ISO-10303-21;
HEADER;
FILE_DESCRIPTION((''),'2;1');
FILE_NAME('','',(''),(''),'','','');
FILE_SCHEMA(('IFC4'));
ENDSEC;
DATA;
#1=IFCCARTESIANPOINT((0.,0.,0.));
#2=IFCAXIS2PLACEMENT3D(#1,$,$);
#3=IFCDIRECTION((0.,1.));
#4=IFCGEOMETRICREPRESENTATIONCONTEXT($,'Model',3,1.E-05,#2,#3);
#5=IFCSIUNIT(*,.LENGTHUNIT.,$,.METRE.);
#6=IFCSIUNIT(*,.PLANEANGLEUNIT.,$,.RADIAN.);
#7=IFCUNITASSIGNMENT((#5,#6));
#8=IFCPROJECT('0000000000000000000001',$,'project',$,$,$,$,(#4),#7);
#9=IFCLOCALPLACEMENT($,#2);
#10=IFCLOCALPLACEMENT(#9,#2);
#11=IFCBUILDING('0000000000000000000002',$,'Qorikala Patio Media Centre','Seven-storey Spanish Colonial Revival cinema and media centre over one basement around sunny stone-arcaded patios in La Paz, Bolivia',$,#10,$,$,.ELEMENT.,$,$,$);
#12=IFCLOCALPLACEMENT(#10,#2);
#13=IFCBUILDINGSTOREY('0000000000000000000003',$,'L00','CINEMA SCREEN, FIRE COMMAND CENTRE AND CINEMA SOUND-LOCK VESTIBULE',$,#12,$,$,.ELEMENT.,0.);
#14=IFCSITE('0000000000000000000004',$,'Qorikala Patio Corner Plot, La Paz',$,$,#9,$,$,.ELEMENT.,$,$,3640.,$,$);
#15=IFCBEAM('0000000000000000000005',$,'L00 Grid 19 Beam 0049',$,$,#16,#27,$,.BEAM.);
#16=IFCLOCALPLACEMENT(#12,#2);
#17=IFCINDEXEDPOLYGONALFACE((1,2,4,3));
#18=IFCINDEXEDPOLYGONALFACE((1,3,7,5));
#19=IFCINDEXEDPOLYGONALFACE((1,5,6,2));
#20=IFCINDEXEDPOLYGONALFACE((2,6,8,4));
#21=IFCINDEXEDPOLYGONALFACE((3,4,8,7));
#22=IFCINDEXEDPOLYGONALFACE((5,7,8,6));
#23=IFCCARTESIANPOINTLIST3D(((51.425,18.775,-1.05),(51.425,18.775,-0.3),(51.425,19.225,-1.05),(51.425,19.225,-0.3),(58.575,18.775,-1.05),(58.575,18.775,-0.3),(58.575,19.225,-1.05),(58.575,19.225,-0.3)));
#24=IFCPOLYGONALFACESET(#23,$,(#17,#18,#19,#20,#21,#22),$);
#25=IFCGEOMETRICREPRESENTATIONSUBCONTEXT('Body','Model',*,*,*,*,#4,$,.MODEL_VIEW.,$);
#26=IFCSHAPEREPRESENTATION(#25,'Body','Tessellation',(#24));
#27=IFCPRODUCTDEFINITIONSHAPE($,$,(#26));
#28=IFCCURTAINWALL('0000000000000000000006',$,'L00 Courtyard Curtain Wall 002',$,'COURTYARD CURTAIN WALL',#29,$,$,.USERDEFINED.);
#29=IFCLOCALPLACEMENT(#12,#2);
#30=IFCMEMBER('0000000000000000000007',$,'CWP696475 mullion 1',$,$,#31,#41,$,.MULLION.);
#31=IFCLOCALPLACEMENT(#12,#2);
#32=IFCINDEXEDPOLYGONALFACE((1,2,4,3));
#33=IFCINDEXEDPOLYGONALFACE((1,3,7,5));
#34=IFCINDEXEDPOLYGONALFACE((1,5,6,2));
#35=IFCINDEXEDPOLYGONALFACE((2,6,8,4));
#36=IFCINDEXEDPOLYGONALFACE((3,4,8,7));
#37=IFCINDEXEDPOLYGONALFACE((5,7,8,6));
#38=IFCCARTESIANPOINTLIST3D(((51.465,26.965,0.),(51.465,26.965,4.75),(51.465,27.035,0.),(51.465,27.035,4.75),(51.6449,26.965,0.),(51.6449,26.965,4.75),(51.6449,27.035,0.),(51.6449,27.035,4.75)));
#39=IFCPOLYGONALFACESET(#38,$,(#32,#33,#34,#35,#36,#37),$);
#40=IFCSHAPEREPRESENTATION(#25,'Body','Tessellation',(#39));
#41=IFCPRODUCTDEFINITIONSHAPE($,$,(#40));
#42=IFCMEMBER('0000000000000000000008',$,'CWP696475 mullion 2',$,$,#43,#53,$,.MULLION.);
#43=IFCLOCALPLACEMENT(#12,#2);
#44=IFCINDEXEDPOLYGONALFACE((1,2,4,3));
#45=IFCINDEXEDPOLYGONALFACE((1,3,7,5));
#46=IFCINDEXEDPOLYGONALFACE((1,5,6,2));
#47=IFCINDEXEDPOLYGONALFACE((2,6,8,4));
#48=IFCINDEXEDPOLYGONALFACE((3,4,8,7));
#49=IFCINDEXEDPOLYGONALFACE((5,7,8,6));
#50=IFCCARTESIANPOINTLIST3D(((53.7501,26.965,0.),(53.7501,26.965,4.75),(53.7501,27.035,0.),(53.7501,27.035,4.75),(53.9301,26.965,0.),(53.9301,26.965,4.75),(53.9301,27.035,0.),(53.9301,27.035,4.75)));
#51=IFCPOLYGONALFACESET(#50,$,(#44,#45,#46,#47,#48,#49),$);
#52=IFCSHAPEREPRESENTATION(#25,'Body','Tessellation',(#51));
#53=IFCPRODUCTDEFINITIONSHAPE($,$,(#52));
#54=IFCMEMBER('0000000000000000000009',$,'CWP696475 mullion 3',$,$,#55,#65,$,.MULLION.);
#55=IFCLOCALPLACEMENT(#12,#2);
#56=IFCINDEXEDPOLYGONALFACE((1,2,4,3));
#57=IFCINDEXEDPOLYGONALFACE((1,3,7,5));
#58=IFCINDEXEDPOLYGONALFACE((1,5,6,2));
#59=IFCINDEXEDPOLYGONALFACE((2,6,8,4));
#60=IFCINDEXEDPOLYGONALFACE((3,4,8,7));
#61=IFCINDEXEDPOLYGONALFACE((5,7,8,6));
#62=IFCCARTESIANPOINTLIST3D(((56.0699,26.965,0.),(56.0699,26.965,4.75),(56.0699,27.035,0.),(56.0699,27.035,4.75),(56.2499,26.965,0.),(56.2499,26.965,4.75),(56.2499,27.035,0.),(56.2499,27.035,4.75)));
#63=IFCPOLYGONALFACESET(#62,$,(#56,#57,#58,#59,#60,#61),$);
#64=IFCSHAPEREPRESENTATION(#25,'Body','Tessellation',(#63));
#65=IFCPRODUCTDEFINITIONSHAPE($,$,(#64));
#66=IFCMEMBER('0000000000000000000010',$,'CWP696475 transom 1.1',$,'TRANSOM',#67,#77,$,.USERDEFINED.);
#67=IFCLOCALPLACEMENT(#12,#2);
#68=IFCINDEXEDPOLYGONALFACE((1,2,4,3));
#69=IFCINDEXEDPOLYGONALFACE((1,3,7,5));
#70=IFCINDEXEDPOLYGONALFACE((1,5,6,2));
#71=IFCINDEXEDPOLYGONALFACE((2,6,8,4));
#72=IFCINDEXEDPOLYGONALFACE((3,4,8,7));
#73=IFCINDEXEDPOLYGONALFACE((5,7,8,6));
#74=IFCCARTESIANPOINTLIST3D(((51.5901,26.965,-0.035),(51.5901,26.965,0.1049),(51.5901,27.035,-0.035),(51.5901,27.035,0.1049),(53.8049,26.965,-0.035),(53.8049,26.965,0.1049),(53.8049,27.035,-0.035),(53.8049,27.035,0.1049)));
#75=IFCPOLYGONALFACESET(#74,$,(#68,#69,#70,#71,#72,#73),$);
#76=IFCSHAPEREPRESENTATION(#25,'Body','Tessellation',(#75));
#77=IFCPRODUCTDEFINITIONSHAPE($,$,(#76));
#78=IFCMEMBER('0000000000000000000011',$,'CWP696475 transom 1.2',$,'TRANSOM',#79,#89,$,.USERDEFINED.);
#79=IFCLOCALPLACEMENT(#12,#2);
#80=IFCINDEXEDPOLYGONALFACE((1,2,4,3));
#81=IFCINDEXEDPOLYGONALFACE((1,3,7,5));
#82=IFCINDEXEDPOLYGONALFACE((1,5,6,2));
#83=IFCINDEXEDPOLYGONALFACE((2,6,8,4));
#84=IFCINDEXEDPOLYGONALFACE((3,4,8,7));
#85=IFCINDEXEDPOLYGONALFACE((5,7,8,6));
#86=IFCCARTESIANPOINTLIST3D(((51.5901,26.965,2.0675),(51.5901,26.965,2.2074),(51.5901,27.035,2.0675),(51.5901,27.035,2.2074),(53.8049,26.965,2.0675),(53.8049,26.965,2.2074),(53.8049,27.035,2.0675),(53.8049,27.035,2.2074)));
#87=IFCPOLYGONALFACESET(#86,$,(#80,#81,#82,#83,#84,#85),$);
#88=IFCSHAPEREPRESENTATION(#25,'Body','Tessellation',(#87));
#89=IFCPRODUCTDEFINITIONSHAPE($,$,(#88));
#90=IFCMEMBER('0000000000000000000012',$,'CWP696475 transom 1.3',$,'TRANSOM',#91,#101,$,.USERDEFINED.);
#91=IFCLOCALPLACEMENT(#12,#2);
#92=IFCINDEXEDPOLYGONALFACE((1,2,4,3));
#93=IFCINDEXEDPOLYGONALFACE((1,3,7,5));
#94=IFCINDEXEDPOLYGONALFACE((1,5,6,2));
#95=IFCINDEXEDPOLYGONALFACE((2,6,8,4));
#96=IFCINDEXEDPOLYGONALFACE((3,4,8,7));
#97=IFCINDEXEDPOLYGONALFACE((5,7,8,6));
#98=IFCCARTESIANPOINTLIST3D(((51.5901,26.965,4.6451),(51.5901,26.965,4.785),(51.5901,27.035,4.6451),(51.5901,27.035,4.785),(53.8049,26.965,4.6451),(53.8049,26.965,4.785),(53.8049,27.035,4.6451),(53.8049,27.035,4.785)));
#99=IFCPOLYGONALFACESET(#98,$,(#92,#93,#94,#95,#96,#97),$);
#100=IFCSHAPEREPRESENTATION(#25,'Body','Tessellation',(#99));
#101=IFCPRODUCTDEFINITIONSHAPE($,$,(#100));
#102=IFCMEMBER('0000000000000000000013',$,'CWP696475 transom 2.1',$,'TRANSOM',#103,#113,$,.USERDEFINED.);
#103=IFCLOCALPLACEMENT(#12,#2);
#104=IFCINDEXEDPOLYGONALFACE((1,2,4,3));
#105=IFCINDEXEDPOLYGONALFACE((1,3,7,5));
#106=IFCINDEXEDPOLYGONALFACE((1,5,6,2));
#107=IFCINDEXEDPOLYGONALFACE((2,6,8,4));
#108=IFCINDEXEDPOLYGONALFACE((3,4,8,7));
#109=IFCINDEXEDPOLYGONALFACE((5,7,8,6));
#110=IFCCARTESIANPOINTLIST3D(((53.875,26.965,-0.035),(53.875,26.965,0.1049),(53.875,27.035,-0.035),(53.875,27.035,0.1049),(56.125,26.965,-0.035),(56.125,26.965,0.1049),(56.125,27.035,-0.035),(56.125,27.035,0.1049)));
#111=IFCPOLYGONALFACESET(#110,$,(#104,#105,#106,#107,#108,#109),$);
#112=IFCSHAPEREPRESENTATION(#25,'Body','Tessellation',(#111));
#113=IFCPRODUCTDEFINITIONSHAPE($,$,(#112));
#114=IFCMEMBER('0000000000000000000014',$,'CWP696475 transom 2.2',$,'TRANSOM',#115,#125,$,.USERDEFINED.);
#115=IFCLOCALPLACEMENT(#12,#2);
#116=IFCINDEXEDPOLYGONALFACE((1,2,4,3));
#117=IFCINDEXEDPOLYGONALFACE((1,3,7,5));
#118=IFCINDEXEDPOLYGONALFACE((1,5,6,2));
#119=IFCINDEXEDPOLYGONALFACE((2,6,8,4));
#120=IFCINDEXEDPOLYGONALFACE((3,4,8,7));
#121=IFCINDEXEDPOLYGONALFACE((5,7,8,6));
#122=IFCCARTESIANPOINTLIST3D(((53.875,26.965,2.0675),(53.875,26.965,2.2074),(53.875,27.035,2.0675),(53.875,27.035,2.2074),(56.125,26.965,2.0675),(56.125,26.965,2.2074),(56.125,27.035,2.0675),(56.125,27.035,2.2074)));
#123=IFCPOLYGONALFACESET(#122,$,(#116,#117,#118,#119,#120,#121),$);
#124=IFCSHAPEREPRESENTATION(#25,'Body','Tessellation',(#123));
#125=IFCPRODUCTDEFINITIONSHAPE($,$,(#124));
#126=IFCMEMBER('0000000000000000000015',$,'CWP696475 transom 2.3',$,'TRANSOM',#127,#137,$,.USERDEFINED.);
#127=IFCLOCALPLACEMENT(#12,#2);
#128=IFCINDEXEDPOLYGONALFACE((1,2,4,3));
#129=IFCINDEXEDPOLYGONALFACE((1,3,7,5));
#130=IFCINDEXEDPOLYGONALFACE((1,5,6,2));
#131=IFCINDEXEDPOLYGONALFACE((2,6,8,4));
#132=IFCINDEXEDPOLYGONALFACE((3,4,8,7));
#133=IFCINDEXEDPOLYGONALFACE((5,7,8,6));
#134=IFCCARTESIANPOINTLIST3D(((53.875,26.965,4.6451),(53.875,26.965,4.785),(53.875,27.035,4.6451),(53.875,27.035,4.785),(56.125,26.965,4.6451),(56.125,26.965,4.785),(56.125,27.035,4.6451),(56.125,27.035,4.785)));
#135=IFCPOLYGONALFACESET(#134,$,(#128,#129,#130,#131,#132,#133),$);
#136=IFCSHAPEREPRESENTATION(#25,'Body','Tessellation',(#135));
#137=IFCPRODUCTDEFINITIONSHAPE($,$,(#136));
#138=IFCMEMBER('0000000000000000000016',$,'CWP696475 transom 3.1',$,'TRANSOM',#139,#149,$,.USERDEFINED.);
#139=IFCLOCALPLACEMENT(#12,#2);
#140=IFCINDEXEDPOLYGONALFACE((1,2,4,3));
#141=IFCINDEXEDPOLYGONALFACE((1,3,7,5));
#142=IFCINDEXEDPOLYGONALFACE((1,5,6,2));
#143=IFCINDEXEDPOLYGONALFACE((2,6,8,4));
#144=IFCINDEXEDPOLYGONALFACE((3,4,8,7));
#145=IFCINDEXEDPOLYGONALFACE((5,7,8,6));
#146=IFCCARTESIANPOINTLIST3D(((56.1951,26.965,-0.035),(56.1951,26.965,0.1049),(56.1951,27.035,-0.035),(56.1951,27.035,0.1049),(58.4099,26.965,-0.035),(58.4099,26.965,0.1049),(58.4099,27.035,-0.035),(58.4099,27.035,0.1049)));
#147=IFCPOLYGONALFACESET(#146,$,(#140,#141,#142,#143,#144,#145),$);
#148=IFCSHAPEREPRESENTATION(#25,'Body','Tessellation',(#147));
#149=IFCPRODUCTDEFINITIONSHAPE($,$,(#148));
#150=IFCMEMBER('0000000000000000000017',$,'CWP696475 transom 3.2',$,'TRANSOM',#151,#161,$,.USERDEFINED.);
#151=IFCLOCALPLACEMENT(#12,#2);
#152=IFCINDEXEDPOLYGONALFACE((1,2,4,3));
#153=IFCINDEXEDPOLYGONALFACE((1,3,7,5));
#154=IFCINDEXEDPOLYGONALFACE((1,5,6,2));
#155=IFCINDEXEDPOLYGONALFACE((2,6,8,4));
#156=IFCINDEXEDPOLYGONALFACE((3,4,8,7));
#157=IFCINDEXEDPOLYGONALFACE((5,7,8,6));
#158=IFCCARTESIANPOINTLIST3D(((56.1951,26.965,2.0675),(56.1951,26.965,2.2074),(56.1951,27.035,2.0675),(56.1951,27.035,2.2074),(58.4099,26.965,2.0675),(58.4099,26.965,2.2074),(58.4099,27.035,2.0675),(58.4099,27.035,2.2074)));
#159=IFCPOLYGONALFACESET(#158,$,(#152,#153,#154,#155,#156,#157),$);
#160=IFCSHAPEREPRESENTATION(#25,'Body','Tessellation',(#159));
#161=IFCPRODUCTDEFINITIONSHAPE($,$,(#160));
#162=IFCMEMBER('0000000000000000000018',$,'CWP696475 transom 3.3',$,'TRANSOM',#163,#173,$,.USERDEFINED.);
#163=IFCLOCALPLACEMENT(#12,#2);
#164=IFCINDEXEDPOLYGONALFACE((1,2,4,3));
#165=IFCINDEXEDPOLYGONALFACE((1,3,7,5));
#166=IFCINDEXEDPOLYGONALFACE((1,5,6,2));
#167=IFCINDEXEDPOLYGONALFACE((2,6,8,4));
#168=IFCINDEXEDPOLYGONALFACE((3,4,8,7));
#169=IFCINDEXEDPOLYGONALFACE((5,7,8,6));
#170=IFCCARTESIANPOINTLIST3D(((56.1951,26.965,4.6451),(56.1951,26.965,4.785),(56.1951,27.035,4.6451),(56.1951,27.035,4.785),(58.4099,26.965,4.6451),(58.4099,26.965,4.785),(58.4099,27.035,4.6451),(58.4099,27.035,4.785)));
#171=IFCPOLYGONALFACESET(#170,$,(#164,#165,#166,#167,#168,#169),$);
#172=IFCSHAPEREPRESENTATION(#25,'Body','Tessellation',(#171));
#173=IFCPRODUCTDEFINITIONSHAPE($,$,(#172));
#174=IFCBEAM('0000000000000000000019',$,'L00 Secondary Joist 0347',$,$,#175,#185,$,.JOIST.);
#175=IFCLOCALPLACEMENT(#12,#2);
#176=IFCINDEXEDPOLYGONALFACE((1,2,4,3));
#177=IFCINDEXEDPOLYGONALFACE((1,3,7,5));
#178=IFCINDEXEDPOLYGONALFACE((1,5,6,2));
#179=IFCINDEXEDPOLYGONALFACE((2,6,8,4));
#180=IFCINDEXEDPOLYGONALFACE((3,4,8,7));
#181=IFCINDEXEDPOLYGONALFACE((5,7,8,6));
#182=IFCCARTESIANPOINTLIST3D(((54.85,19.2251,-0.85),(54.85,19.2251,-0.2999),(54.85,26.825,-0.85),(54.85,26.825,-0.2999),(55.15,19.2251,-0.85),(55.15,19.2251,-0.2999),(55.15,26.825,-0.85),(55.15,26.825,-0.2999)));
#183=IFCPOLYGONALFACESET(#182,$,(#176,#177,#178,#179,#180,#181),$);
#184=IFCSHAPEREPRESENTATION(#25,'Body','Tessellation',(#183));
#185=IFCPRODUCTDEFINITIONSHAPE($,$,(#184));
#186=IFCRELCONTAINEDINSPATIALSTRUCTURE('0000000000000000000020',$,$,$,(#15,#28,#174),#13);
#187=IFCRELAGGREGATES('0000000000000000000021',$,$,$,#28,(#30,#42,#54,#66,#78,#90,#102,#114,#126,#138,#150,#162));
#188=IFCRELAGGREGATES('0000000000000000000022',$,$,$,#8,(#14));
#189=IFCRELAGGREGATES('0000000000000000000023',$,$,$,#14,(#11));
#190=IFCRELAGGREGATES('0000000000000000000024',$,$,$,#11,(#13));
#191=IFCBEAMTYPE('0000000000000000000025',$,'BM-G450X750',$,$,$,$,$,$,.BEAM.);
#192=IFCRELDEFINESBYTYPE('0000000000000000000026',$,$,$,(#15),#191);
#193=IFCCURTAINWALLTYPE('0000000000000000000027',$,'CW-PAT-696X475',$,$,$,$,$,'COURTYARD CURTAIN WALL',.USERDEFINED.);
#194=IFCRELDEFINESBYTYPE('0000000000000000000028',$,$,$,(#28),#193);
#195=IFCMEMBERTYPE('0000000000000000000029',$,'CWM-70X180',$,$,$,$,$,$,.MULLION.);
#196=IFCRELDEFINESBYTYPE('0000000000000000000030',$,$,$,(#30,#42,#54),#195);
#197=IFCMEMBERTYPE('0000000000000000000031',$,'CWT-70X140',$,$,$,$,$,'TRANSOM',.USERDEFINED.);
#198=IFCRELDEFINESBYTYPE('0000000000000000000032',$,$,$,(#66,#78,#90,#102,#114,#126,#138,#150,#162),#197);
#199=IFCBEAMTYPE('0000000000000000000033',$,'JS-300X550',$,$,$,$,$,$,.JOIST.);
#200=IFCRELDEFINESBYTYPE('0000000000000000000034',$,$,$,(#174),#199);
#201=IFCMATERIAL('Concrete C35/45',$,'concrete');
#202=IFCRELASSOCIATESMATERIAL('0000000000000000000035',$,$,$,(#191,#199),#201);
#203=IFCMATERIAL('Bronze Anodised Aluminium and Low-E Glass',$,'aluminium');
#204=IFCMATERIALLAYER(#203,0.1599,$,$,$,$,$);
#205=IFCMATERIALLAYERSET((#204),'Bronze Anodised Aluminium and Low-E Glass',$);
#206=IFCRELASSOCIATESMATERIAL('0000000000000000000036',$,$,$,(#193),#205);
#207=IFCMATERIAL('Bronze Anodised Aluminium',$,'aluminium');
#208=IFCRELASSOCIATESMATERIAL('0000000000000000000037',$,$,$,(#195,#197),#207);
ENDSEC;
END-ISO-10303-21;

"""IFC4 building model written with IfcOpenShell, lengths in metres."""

from ifc_helpers import new_model, si_unit, direction, frame, origin, origin_2d, place, context, subcontext, project, spatial, rectangle, extrude, material, layer, layer_set, material_profile, profile_set, type_object, element, aggregate, save


model = new_model("IFC4")

# Units and contexts
model_context = context("Model", 3, precision=1e-05, world=origin(), true_north=direction((0.0, 1.0)))
body_context = subcontext(model_context, "Body", "Model", "MODEL_VIEW")
ifc_project = project(units=[si_unit("LENGTHUNIT", "METRE"), si_unit("PLANEANGLEUNIT", "RADIAN")], contexts=[model_context])

# Site, building, storey
site_placement = place(None, origin())
site = spatial("IfcSite", under=ifc_project, at=site_placement, Name="Qorikala Patio Corner Plot, La Paz", CompositionType="ELEMENT", RefElevation=3640.0)
building_placement = place(site_placement, origin())
building = spatial("IfcBuilding", under=site, at=building_placement, Name="Qorikala Patio Media Centre", Description="Seven-storey Spanish Colonial Revival cinema and media centre over one basement around sunny stone-arcaded patios in La Paz, Bolivia", CompositionType="ELEMENT")
storey_placement = place(building_placement, origin())
storey = spatial("IfcBuildingStorey", under=building, at=storey_placement, Name="L00", Description="CINEMA SCREEN, FIRE COMMAND CENTRE AND CINEMA SOUND-LOCK VESTIBULE", CompositionType="ELEMENT", Elevation=0.0)

# Beam
ifc_material_1 = material(Name="Concrete C35/45", Category="concrete")
ifc_material_profile_1 = material_profile(ifc_material_1, rectangle(XDim=0.45, YDim=0.75, at=origin_2d()), Name="RC 450x750")
ifc_profile_set_1 = profile_set([ifc_material_profile_1], Name="Concrete C35/45")
beam_type_1 = type_object("IfcBeamType", Name="BM-G450X750", PredefinedType="BEAM", material=ifc_profile_set_1)
beam_1_placement = place(storey_placement, frame((51.425, 19.0, -0.675), z_axis=(1.0, 0.0, 0.0), x_axis=(0.0, 1.0, 0.0)))
element("IfcBeam", 1, at=beam_1_placement, inside=storey, type_object=beam_type_1, Name="L00 Grid 19 Beam 0049", PredefinedType="BEAM", context=body_context, shape_type="SweptSolid", body=[
    extrude(rectangle(XDim=0.45, YDim=0.75, at=origin_2d()), origin(), (0.0, 0.0, 1.0), 7.1499),
])

# Curtain wall, members
ifc_material_2 = material(Name="Bronze Anodised Aluminium and Low-E Glass", Category="aluminium")
ifc_layer_1 = layer(ifc_material_2, 0.1599)
ifc_layer_set_1 = layer_set([ifc_layer_1], Name="Bronze Anodised Aluminium and Low-E Glass")
curtain_wall_type = type_object("IfcCurtainWallType", Name="CW-PAT-696X475", ElementType="COURTYARD CURTAIN WALL", PredefinedType="USERDEFINED", material=ifc_layer_set_1)
curtain_wall_placement = place(storey_placement, origin())
curtain_wall = element("IfcCurtainWall", 2, at=curtain_wall_placement, inside=storey, type_object=curtain_wall_type, Name="L00 Courtyard Curtain Wall 002", ObjectType="COURTYARD CURTAIN WALL", PredefinedType="USERDEFINED")
ifc_material_3 = material(Name="Bronze Anodised Aluminium", Category="aluminium")
ifc_material_profile_2 = material_profile(ifc_material_3, rectangle(XDim=0.0701, YDim=0.1799, at=origin_2d()), Name="ALU MULLION 70x180")
ifc_profile_set_2 = profile_set([ifc_material_profile_2], Name="Bronze Anodised Aluminium")
member_type_1 = type_object("IfcMemberType", Name="CWM-70X180", PredefinedType="MULLION", material=ifc_profile_set_2)
member_1_placement = place(storey_placement, frame((51.5549, 27.0, 0.0), z_axis=(0.0, 0.0, 1.0), x_axis=(0.0, 1.0, 0.0)))
member_1 = element("IfcMember", 3, at=member_1_placement, type_object=member_type_1, Name="CWP696475 mullion 1", PredefinedType="MULLION", context=body_context, shape_type="SweptSolid", body=[
    extrude(rectangle(XDim=0.0701, YDim=0.1799, at=origin_2d()), origin(), (0.0, 0.0, 1.0), 4.75),
])
member_2_placement = place(storey_placement, frame((53.8401, 27.0, 0.0), z_axis=(0.0, 0.0, 1.0), x_axis=(0.0, 1.0, 0.0)))
member_2 = element("IfcMember", 4, at=member_2_placement, type_object=member_type_1, Name="CWP696475 mullion 2", PredefinedType="MULLION", context=body_context, shape_type="SweptSolid", body=[
    extrude(rectangle(XDim=0.0701, YDim=0.1799, at=origin_2d()), origin(), (0.0, 0.0, 1.0), 4.75),
])
member_3_placement = place(storey_placement, frame((56.1599, 27.0, 0.0), z_axis=(0.0, 0.0, 1.0), x_axis=(0.0, 1.0, 0.0)))
member_3 = element("IfcMember", 5, at=member_3_placement, type_object=member_type_1, Name="CWP696475 mullion 3", PredefinedType="MULLION", context=body_context, shape_type="SweptSolid", body=[
    extrude(rectangle(XDim=0.0701, YDim=0.1799, at=origin_2d()), origin(), (0.0, 0.0, 1.0), 4.75),
])
ifc_material_profile_3 = material_profile(ifc_material_3, rectangle(XDim=0.0701, YDim=0.1399, at=origin_2d()), Name="ALU TRANSOM 70x140")
ifc_profile_set_3 = profile_set([ifc_material_profile_3], Name="Bronze Anodised Aluminium")
member_type_2 = type_object("IfcMemberType", Name="CWT-70X140", ElementType="TRANSOM", PredefinedType="USERDEFINED", material=ifc_profile_set_3)
member_4_placement = place(storey_placement, frame((51.5901, 27.0, 0.0349), z_axis=(1.0, 0.0, 0.0), x_axis=(0.0, 1.0, 0.0)))
member_4 = element("IfcMember", 6, at=member_4_placement, type_object=member_type_2, Name="CWP696475 transom 1.1", ObjectType="TRANSOM", PredefinedType="USERDEFINED", context=body_context, shape_type="SweptSolid", body=[
    extrude(rectangle(XDim=0.0701, YDim=0.1399, at=origin_2d()), origin(), (0.0, 0.0, 1.0), 2.2148),
])
member_5_placement = place(storey_placement, frame((51.5901, 27.0, 2.1375), z_axis=(1.0, 0.0, 0.0), x_axis=(0.0, 1.0, 0.0)))
member_5 = element("IfcMember", 7, at=member_5_placement, type_object=member_type_2, Name="CWP696475 transom 1.2", ObjectType="TRANSOM", PredefinedType="USERDEFINED", context=body_context, shape_type="SweptSolid", body=[
    extrude(rectangle(XDim=0.0701, YDim=0.1399, at=origin_2d()), origin(), (0.0, 0.0, 1.0), 2.2148),
])
member_6_placement = place(storey_placement, frame((51.5901, 27.0, 4.7151), z_axis=(1.0, 0.0, 0.0), x_axis=(0.0, 1.0, 0.0)))
member_6 = element("IfcMember", 8, at=member_6_placement, type_object=member_type_2, Name="CWP696475 transom 1.3", ObjectType="TRANSOM", PredefinedType="USERDEFINED", context=body_context, shape_type="SweptSolid", body=[
    extrude(rectangle(XDim=0.0701, YDim=0.1399, at=origin_2d()), origin(), (0.0, 0.0, 1.0), 2.2148),
])
member_7_placement = place(storey_placement, frame((53.875, 27.0, 0.0349), z_axis=(1.0, 0.0, 0.0), x_axis=(0.0, 1.0, 0.0)))
member_7 = element("IfcMember", 9, at=member_7_placement, type_object=member_type_2, Name="CWP696475 transom 2.1", ObjectType="TRANSOM", PredefinedType="USERDEFINED", context=body_context, shape_type="SweptSolid", body=[
    extrude(rectangle(XDim=0.0701, YDim=0.1399, at=origin_2d()), origin(), (0.0, 0.0, 1.0), 2.25),
])
member_8_placement = place(storey_placement, frame((53.875, 27.0, 2.1375), z_axis=(1.0, 0.0, 0.0), x_axis=(0.0, 1.0, 0.0)))
member_8 = element("IfcMember", 10, at=member_8_placement, type_object=member_type_2, Name="CWP696475 transom 2.2", ObjectType="TRANSOM", PredefinedType="USERDEFINED", context=body_context, shape_type="SweptSolid", body=[
    extrude(rectangle(XDim=0.0701, YDim=0.1399, at=origin_2d()), origin(), (0.0, 0.0, 1.0), 2.25),
])
member_9_placement = place(storey_placement, frame((53.875, 27.0, 4.7151), z_axis=(1.0, 0.0, 0.0), x_axis=(0.0, 1.0, 0.0)))
member_9 = element("IfcMember", 11, at=member_9_placement, type_object=member_type_2, Name="CWP696475 transom 2.3", ObjectType="TRANSOM", PredefinedType="USERDEFINED", context=body_context, shape_type="SweptSolid", body=[
    extrude(rectangle(XDim=0.0701, YDim=0.1399, at=origin_2d()), origin(), (0.0, 0.0, 1.0), 2.25),
])
member_10_placement = place(storey_placement, frame((56.1951, 27.0, 0.0349), z_axis=(1.0, 0.0, 0.0), x_axis=(0.0, 1.0, 0.0)))
member_10 = element("IfcMember", 12, at=member_10_placement, type_object=member_type_2, Name="CWP696475 transom 3.1", ObjectType="TRANSOM", PredefinedType="USERDEFINED", context=body_context, shape_type="SweptSolid", body=[
    extrude(rectangle(XDim=0.0701, YDim=0.1399, at=origin_2d()), origin(), (0.0, 0.0, 1.0), 2.2148),
])
member_11_placement = place(storey_placement, frame((56.1951, 27.0, 2.1375), z_axis=(1.0, 0.0, 0.0), x_axis=(0.0, 1.0, 0.0)))
member_11 = element("IfcMember", 13, at=member_11_placement, type_object=member_type_2, Name="CWP696475 transom 3.2", ObjectType="TRANSOM", PredefinedType="USERDEFINED", context=body_context, shape_type="SweptSolid", body=[
    extrude(rectangle(XDim=0.0701, YDim=0.1399, at=origin_2d()), origin(), (0.0, 0.0, 1.0), 2.2148),
])
member_12_placement = place(storey_placement, frame((56.1951, 27.0, 4.7151), z_axis=(1.0, 0.0, 0.0), x_axis=(0.0, 1.0, 0.0)))
member_12 = element("IfcMember", 14, at=member_12_placement, type_object=member_type_2, Name="CWP696475 transom 3.3", ObjectType="TRANSOM", PredefinedType="USERDEFINED", context=body_context, shape_type="SweptSolid", body=[
    extrude(rectangle(XDim=0.0701, YDim=0.1399, at=origin_2d()), origin(), (0.0, 0.0, 1.0), 2.2148),
])

# Beam
ifc_material_profile_4 = material_profile(ifc_material_1, rectangle(XDim=0.3, YDim=0.55, at=origin_2d()), Name="RC 300x550")
ifc_profile_set_4 = profile_set([ifc_material_profile_4], Name="Concrete C35/45")
beam_type_2 = type_object("IfcBeamType", Name="JS-300X550", PredefinedType="JOIST", material=ifc_profile_set_4)
beam_2_placement = place(storey_placement, frame((55.0, 19.2251, -0.575), z_axis=(0.0, 1.0, 0.0), x_axis=(-1.0, 0.0, 0.0)))
element("IfcBeam", 15, at=beam_2_placement, inside=storey, type_object=beam_type_2, Name="L00 Secondary Joist 0347", PredefinedType="JOIST", context=body_context, shape_type="SweptSolid", body=[
    extrude(rectangle(XDim=0.3, YDim=0.55, at=origin_2d()), origin(), (0.0, 0.0, 1.0), 7.5999),
])

aggregate(curtain_wall, [member_1, member_2, member_3, member_4, member_5, member_6, member_7, member_8, member_9, member_10, member_11, member_12])

save(model, "model.ifc")
